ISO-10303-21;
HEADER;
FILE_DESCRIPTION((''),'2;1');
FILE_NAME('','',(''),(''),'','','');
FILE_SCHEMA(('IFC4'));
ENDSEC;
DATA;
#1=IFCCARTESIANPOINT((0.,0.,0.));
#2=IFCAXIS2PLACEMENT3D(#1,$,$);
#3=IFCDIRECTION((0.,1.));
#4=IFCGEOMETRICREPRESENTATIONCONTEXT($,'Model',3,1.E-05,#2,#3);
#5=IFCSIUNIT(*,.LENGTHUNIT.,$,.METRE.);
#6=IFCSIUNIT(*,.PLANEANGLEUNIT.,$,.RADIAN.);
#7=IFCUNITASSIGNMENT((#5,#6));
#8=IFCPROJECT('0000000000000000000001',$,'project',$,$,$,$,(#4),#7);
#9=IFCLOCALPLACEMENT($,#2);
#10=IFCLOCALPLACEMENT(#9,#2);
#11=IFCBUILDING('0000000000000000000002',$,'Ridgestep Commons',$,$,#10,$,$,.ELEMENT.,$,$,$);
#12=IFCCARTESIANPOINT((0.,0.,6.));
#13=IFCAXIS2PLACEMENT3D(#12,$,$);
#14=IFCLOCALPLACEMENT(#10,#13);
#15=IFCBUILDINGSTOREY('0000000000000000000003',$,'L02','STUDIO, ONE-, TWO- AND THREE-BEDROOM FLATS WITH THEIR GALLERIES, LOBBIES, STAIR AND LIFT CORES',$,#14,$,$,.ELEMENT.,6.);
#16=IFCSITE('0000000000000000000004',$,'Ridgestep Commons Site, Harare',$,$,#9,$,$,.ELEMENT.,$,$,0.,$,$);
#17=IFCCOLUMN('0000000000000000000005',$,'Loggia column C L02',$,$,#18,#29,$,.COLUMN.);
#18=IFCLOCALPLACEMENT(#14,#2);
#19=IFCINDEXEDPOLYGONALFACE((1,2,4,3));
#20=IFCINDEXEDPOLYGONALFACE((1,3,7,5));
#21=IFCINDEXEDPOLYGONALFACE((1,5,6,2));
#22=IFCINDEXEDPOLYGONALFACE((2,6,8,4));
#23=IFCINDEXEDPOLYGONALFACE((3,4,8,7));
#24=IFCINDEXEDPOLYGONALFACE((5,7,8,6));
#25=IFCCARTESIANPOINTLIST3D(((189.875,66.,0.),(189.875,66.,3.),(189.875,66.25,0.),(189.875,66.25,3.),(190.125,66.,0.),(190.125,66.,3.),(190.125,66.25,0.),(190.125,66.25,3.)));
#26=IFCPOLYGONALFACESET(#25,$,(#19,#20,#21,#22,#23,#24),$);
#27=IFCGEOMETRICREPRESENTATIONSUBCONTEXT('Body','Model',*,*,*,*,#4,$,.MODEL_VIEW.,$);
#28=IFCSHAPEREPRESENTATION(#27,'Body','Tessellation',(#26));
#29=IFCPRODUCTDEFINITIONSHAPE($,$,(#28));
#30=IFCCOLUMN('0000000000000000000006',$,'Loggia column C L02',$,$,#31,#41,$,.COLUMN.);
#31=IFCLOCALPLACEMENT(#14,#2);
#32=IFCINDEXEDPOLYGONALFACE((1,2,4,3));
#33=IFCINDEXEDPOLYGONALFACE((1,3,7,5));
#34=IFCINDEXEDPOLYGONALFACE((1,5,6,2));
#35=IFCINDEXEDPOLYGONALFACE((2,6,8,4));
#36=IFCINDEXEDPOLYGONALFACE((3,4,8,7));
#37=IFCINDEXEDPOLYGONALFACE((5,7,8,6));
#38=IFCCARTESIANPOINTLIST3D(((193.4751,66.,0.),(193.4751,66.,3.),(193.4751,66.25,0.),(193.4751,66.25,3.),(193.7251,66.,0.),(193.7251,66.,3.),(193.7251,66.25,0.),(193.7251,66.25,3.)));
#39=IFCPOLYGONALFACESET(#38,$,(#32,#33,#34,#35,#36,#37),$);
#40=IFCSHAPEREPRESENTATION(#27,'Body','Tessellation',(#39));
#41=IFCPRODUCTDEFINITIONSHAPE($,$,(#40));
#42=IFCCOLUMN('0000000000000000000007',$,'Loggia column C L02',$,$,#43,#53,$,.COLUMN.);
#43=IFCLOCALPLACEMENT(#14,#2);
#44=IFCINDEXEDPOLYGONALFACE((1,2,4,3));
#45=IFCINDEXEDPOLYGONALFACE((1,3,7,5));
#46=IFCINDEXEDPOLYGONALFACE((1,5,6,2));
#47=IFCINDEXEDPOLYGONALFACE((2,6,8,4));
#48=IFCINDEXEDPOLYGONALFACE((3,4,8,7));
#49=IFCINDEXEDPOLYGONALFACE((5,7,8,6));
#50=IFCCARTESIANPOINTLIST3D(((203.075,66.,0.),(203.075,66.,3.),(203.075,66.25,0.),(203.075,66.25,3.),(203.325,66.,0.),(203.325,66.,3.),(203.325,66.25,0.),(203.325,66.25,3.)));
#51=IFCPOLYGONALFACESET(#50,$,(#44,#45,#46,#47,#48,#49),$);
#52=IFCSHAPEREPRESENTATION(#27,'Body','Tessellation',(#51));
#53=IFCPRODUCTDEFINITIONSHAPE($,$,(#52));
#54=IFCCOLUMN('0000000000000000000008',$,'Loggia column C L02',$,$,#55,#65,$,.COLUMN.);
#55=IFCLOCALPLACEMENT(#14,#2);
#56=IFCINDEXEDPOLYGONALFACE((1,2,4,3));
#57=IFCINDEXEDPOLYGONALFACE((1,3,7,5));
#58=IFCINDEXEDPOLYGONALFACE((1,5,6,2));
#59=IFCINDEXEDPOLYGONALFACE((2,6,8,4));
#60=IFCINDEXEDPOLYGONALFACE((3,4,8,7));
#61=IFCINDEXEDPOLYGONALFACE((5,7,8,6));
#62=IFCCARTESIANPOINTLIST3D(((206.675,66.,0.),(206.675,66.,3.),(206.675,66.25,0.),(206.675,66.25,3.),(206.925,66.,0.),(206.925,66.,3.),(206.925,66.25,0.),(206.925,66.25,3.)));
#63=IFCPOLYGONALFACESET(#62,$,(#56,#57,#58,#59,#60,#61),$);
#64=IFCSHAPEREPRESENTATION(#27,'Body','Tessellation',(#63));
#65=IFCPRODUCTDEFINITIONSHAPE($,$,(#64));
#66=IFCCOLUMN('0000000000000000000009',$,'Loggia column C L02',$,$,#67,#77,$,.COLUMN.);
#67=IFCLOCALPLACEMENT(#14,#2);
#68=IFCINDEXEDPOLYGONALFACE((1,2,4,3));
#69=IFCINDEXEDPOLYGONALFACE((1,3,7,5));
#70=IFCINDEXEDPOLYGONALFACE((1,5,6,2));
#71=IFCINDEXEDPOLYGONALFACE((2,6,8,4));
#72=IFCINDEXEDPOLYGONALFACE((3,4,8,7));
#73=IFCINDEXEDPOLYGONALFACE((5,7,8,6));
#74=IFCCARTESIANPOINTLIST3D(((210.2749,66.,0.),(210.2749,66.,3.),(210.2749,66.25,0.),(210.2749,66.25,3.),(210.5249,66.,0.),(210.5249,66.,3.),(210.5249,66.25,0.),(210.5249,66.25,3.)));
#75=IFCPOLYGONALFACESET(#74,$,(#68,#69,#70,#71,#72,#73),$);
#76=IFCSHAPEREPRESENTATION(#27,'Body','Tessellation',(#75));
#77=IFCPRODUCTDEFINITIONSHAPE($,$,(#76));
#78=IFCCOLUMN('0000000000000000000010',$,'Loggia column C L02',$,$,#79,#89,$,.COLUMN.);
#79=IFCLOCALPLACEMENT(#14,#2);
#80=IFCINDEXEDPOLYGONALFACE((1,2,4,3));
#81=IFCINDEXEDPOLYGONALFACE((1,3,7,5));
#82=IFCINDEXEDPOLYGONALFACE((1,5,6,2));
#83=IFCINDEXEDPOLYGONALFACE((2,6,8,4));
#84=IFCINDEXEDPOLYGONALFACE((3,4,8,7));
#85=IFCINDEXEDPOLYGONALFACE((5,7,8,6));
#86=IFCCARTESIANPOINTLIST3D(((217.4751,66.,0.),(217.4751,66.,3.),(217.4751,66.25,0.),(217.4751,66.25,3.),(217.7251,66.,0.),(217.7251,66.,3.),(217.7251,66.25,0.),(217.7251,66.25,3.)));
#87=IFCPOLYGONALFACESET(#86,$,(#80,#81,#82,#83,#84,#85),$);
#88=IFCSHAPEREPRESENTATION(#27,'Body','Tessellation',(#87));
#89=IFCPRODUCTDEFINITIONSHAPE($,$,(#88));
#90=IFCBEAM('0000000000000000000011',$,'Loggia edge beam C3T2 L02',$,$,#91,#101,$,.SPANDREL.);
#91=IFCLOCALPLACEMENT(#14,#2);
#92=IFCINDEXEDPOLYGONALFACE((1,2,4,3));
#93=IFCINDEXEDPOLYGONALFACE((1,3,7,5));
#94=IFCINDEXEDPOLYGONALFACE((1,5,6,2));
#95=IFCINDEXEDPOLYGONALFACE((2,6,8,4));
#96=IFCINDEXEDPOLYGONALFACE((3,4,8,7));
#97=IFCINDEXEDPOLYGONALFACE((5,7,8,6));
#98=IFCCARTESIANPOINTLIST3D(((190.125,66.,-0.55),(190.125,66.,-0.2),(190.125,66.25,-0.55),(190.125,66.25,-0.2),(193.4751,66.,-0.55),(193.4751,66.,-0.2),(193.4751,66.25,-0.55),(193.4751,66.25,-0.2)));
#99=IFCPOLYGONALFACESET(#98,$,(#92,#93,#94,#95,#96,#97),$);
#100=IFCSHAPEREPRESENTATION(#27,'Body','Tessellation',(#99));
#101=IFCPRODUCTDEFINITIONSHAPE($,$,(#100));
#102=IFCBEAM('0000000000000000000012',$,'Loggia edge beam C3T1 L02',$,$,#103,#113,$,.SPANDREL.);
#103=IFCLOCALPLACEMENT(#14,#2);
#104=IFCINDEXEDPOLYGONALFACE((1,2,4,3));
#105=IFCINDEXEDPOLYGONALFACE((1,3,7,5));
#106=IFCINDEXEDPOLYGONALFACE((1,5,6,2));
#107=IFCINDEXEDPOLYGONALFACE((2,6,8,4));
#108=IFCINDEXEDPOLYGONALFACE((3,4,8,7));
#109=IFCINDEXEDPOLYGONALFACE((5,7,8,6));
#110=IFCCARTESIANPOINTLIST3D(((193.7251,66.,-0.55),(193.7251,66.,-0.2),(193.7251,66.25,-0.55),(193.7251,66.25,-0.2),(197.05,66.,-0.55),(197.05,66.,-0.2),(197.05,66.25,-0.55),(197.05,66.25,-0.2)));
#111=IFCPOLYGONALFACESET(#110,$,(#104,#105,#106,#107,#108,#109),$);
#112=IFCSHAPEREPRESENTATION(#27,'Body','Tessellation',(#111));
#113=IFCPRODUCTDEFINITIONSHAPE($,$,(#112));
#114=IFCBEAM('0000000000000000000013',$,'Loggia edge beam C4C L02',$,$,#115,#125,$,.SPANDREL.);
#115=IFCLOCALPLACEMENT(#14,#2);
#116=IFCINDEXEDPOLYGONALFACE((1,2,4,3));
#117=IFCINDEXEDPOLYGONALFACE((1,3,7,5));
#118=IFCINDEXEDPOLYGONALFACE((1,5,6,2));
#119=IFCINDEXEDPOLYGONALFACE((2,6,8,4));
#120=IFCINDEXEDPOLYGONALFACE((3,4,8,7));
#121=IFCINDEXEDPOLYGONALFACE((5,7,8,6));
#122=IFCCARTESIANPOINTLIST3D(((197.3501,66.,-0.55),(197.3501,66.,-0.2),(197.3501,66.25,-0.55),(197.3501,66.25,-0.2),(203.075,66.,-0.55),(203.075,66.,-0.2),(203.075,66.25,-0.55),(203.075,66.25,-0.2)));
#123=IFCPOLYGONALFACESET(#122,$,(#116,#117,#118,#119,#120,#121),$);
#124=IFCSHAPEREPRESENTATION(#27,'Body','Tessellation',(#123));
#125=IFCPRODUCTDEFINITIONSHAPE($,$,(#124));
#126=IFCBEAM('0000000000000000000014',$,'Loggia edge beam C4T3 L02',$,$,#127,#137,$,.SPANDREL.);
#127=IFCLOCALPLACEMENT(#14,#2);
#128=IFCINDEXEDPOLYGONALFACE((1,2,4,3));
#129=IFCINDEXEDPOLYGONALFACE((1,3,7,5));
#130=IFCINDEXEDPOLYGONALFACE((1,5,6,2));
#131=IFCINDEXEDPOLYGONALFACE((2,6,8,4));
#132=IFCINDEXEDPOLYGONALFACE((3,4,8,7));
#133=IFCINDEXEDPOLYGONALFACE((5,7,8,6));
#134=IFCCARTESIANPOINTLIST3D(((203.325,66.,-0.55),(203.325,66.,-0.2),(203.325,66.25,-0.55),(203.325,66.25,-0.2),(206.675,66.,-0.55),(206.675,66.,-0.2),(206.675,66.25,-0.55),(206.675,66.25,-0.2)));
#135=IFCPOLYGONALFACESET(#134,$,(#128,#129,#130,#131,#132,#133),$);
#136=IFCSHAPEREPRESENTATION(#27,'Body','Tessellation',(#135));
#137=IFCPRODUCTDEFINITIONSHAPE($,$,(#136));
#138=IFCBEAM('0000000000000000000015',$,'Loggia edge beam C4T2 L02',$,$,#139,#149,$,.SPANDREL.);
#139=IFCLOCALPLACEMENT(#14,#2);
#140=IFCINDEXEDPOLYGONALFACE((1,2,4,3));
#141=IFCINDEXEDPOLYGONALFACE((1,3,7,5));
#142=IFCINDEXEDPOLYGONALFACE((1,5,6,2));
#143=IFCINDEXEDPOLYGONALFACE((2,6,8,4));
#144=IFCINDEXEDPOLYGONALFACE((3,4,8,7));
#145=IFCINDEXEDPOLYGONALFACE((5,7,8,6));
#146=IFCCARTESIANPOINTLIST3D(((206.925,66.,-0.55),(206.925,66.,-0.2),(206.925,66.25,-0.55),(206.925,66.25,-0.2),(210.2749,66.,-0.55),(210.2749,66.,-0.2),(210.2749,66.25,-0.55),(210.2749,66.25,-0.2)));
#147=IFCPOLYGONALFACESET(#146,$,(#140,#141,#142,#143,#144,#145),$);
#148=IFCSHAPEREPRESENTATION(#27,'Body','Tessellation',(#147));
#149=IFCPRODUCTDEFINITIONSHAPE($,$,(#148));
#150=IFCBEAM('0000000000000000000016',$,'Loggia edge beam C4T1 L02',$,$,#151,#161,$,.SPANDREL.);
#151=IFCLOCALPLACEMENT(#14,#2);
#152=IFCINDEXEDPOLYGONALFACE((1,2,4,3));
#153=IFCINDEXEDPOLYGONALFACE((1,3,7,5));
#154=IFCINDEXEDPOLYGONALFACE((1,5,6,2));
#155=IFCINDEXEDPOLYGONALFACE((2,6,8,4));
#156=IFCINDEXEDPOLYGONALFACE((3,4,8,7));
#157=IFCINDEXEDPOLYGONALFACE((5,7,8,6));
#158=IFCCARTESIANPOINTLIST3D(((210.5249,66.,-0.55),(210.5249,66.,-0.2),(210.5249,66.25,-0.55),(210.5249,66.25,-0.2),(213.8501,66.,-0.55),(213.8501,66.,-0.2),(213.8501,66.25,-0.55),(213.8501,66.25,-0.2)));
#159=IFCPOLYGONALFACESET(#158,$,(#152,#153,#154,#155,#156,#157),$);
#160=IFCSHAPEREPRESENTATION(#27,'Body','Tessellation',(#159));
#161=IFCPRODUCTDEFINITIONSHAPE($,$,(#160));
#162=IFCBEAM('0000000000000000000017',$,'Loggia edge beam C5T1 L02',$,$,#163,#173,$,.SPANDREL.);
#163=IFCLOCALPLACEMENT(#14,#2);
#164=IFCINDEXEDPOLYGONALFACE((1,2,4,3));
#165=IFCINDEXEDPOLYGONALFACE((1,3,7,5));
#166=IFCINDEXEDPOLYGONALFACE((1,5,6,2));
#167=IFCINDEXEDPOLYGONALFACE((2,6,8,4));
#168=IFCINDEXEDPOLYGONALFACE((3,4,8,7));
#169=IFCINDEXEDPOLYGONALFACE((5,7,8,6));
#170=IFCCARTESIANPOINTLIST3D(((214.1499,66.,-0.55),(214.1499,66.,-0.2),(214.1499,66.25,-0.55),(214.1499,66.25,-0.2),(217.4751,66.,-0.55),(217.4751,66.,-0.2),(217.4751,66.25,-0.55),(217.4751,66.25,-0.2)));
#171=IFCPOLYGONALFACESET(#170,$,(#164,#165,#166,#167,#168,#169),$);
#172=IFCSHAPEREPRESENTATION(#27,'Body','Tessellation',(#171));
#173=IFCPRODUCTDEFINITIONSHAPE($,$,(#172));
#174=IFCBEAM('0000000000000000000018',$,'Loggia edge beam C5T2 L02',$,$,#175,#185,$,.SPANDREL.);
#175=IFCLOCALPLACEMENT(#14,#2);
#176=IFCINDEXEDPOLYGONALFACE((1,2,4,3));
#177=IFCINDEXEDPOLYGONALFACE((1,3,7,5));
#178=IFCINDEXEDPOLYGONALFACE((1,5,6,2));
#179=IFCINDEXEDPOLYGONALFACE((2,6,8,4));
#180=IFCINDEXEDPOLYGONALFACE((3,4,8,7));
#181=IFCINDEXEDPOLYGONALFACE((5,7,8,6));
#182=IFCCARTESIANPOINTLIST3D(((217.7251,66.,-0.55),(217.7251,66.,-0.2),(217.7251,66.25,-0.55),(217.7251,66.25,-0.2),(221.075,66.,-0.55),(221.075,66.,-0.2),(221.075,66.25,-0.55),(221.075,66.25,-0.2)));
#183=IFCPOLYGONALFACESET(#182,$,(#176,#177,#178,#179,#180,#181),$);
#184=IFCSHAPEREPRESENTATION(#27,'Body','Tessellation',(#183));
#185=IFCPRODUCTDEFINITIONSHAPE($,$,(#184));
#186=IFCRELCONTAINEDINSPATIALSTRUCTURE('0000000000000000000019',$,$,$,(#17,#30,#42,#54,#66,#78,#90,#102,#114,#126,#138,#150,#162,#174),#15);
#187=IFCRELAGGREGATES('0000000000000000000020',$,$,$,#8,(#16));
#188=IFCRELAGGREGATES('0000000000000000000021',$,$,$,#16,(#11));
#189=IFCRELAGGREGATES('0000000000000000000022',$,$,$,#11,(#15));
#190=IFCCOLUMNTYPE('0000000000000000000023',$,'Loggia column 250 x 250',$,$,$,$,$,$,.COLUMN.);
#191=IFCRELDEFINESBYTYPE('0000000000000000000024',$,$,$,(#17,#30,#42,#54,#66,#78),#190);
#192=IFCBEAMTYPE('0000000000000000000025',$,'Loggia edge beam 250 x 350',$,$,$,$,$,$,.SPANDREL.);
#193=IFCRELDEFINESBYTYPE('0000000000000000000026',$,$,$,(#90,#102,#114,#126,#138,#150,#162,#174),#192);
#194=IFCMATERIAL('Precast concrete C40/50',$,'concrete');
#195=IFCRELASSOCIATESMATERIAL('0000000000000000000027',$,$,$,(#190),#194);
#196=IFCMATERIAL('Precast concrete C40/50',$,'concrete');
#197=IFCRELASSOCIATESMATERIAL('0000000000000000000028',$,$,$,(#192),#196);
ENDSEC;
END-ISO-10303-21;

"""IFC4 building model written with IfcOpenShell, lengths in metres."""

from ifc_helpers import new_model, si_unit, direction, frame, origin, origin_2d, place, context, subcontext, project, spatial, rectangle, extrude, material, material_profile, profile_set, type_object, element, save


model = new_model("IFC4")

# Units and contexts
model_context = context("Model", 3, precision=1e-05, world=origin(), true_north=direction((0.0, 1.0)))
body_context = subcontext(model_context, "Body", "Model", "MODEL_VIEW")
ifc_project = project(units=[si_unit("LENGTHUNIT", "METRE"), si_unit("PLANEANGLEUNIT", "RADIAN")], contexts=[model_context])

# Site, building, storey
site_placement = place(None, origin())
site = spatial("IfcSite", under=ifc_project, at=site_placement, Name="Ridgestep Commons Site, Harare", CompositionType="ELEMENT", RefElevation=0.0)
building_placement = place(site_placement, origin())
building = spatial("IfcBuilding", under=site, at=building_placement, Name="Ridgestep Commons", CompositionType="ELEMENT")
storey_placement = place(building_placement, frame((0.0, 0.0, 6.0)))
storey = spatial("IfcBuildingStorey", under=building, at=storey_placement, Name="L02", Description="STUDIO, ONE-, TWO- AND THREE-BEDROOM FLATS WITH THEIR GALLERIES, LOBBIES, STAIR AND LIFT CORES", CompositionType="ELEMENT", Elevation=6.0)

# Columns
ifc_material_1 = material(Name="Precast concrete C40/50", Category="concrete")
ifc_material_profile_1 = material_profile(ifc_material_1, rectangle(XDim=0.25, YDim=0.25, at=origin_2d()), Name="PC 250x250")
ifc_profile_set_1 = profile_set([ifc_material_profile_1], Name="Precast concrete C40/50")
column_type = type_object("IfcColumnType", Name="Loggia column 250 x 250", PredefinedType="COLUMN", material=ifc_profile_set_1)
for number, where, z_axis, x_axis, name in (
    (1, (190.0, 66.125, 0.0), (0.0, 0.0, 1.0), (1.0, 0.0, 0.0), "Loggia column C L02"),
    (2, (193.6001, 66.125, 0.0), (0.0, 0.0, 1.0), (1.0, 0.0, 0.0), "Loggia column C L02"),
    (3, (203.2, 66.125, 0.0), (0.0, 0.0, 1.0), (1.0, 0.0, 0.0), "Loggia column C L02"),
    (4, (206.8, 66.125, 0.0), (0.0, 0.0, 1.0), (1.0, 0.0, 0.0), "Loggia column C L02"),
    (5, (210.3999, 66.125, 0.0), (0.0, 0.0, 1.0), (1.0, 0.0, 0.0), "Loggia column C L02"),
    (6, (217.6001, 66.125, 0.0), (0.0, 0.0, 1.0), (1.0, 0.0, 0.0), "Loggia column C L02"),
):
    element("IfcColumn", number, at=place(storey_placement, frame(where, z_axis=z_axis, x_axis=x_axis)), inside=storey, type_object=column_type, Name=name, PredefinedType="COLUMN", context=body_context, shape_type="SweptSolid", body=[
        extrude(rectangle(XDim=0.25, YDim=0.25, at=origin_2d()), origin(), (0.0, 0.0, 1.0), 3.0),
    ])

# Beams
ifc_material_2 = material(Name="Precast concrete C40/50", Category="concrete")
ifc_material_profile_2 = material_profile(ifc_material_2, rectangle(XDim=0.25, YDim=0.3501, at=origin_2d()), Name="PC 250x350")
ifc_profile_set_2 = profile_set([ifc_material_profile_2], Name="Precast concrete C40/50")
beam_type_1 = type_object("IfcBeamType", Name="Loggia edge beam 250 x 350", PredefinedType="SPANDREL", material=ifc_profile_set_2)
beam_1_placement = place(storey_placement, frame((190.125, 66.125, -0.375), z_axis=(1.0, 0.0, 0.0), x_axis=(0.0, 1.0, 0.0)))
element("IfcBeam", 7, at=beam_1_placement, inside=storey, type_object=beam_type_1, Name="Loggia edge beam C3T2 L02", PredefinedType="SPANDREL", context=body_context, shape_type="SweptSolid", body=[
    extrude(rectangle(XDim=0.25, YDim=0.3501, at=origin_2d()), origin(), (0.0, 0.0, 1.0), 3.3501),
])
beam_2_placement = place(storey_placement, frame((193.7251, 66.125, -0.375), z_axis=(1.0, 0.0, 0.0), x_axis=(0.0, 1.0, 0.0)))
element("IfcBeam", 8, at=beam_2_placement, inside=storey, type_object=beam_type_1, Name="Loggia edge beam C3T1 L02", PredefinedType="SPANDREL", context=body_context, shape_type="SweptSolid", body=[
    extrude(rectangle(XDim=0.25, YDim=0.3501, at=origin_2d()), origin(), (0.0, 0.0, 1.0), 3.325),
])
beam_3_placement = place(storey_placement, frame((197.3501, 66.125, -0.375), z_axis=(1.0, 0.0, 0.0), x_axis=(0.0, 1.0, 0.0)))
element("IfcBeam", 9, at=beam_3_placement, inside=storey, type_object=beam_type_1, Name="Loggia edge beam C4C L02", PredefinedType="SPANDREL", context=body_context, shape_type="SweptSolid", body=[
    extrude(rectangle(XDim=0.25, YDim=0.3501, at=origin_2d()), origin(), (0.0, 0.0, 1.0), 5.7249),
])
beam_4_placement = place(storey_placement, frame((203.325, 66.125, -0.375), z_axis=(1.0, 0.0, 0.0), x_axis=(0.0, 1.0, 0.0)))
element("IfcBeam", 10, at=beam_4_placement, inside=storey, type_object=beam_type_1, Name="Loggia edge beam C4T3 L02", PredefinedType="SPANDREL", context=body_context, shape_type="SweptSolid", body=[
    extrude(rectangle(XDim=0.25, YDim=0.3501, at=origin_2d()), origin(), (0.0, 0.0, 1.0), 3.3501),
])
beam_5_placement = place(storey_placement, frame((206.925, 66.125, -0.375), z_axis=(1.0, 0.0, 0.0), x_axis=(0.0, 1.0, 0.0)))
element("IfcBeam", 11, at=beam_5_placement, inside=storey, type_object=beam_type_1, Name="Loggia edge beam C4T2 L02", PredefinedType="SPANDREL", context=body_context, shape_type="SweptSolid", body=[
    extrude(rectangle(XDim=0.25, YDim=0.3501, at=origin_2d()), origin(), (0.0, 0.0, 1.0), 3.3499),
])
for number, where, z_axis, x_axis, name in (
    (12, (210.5249, 66.125, -0.375), (1.0, 0.0, 0.0), (0.0, 1.0, 0.0), "Loggia edge beam C4T1 L02"),
    (13, (214.1499, 66.125, -0.375), (1.0, 0.0, 0.0), (0.0, 1.0, 0.0), "Loggia edge beam C5T1 L02"),
):
    element("IfcBeam", number, at=place(storey_placement, frame(where, z_axis=z_axis, x_axis=x_axis)), inside=storey, type_object=beam_type_1, Name=name, PredefinedType="SPANDREL", context=body_context, shape_type="SweptSolid", body=[
        extrude(rectangle(XDim=0.25, YDim=0.3501, at=origin_2d()), origin(), (0.0, 0.0, 1.0), 3.3252),
    ])
beam_6_placement = place(storey_placement, frame((217.7251, 66.125, -0.375), z_axis=(1.0, 0.0, 0.0), x_axis=(0.0, 1.0, 0.0)))
element("IfcBeam", 14, at=beam_6_placement, inside=storey, type_object=beam_type_1, Name="Loggia edge beam C5T2 L02", PredefinedType="SPANDREL", context=body_context, shape_type="SweptSolid", body=[
    extrude(rectangle(XDim=0.25, YDim=0.3501, at=origin_2d()), origin(), (0.0, 0.0, 1.0), 3.3499),
])

save(model, "model.ifc")
